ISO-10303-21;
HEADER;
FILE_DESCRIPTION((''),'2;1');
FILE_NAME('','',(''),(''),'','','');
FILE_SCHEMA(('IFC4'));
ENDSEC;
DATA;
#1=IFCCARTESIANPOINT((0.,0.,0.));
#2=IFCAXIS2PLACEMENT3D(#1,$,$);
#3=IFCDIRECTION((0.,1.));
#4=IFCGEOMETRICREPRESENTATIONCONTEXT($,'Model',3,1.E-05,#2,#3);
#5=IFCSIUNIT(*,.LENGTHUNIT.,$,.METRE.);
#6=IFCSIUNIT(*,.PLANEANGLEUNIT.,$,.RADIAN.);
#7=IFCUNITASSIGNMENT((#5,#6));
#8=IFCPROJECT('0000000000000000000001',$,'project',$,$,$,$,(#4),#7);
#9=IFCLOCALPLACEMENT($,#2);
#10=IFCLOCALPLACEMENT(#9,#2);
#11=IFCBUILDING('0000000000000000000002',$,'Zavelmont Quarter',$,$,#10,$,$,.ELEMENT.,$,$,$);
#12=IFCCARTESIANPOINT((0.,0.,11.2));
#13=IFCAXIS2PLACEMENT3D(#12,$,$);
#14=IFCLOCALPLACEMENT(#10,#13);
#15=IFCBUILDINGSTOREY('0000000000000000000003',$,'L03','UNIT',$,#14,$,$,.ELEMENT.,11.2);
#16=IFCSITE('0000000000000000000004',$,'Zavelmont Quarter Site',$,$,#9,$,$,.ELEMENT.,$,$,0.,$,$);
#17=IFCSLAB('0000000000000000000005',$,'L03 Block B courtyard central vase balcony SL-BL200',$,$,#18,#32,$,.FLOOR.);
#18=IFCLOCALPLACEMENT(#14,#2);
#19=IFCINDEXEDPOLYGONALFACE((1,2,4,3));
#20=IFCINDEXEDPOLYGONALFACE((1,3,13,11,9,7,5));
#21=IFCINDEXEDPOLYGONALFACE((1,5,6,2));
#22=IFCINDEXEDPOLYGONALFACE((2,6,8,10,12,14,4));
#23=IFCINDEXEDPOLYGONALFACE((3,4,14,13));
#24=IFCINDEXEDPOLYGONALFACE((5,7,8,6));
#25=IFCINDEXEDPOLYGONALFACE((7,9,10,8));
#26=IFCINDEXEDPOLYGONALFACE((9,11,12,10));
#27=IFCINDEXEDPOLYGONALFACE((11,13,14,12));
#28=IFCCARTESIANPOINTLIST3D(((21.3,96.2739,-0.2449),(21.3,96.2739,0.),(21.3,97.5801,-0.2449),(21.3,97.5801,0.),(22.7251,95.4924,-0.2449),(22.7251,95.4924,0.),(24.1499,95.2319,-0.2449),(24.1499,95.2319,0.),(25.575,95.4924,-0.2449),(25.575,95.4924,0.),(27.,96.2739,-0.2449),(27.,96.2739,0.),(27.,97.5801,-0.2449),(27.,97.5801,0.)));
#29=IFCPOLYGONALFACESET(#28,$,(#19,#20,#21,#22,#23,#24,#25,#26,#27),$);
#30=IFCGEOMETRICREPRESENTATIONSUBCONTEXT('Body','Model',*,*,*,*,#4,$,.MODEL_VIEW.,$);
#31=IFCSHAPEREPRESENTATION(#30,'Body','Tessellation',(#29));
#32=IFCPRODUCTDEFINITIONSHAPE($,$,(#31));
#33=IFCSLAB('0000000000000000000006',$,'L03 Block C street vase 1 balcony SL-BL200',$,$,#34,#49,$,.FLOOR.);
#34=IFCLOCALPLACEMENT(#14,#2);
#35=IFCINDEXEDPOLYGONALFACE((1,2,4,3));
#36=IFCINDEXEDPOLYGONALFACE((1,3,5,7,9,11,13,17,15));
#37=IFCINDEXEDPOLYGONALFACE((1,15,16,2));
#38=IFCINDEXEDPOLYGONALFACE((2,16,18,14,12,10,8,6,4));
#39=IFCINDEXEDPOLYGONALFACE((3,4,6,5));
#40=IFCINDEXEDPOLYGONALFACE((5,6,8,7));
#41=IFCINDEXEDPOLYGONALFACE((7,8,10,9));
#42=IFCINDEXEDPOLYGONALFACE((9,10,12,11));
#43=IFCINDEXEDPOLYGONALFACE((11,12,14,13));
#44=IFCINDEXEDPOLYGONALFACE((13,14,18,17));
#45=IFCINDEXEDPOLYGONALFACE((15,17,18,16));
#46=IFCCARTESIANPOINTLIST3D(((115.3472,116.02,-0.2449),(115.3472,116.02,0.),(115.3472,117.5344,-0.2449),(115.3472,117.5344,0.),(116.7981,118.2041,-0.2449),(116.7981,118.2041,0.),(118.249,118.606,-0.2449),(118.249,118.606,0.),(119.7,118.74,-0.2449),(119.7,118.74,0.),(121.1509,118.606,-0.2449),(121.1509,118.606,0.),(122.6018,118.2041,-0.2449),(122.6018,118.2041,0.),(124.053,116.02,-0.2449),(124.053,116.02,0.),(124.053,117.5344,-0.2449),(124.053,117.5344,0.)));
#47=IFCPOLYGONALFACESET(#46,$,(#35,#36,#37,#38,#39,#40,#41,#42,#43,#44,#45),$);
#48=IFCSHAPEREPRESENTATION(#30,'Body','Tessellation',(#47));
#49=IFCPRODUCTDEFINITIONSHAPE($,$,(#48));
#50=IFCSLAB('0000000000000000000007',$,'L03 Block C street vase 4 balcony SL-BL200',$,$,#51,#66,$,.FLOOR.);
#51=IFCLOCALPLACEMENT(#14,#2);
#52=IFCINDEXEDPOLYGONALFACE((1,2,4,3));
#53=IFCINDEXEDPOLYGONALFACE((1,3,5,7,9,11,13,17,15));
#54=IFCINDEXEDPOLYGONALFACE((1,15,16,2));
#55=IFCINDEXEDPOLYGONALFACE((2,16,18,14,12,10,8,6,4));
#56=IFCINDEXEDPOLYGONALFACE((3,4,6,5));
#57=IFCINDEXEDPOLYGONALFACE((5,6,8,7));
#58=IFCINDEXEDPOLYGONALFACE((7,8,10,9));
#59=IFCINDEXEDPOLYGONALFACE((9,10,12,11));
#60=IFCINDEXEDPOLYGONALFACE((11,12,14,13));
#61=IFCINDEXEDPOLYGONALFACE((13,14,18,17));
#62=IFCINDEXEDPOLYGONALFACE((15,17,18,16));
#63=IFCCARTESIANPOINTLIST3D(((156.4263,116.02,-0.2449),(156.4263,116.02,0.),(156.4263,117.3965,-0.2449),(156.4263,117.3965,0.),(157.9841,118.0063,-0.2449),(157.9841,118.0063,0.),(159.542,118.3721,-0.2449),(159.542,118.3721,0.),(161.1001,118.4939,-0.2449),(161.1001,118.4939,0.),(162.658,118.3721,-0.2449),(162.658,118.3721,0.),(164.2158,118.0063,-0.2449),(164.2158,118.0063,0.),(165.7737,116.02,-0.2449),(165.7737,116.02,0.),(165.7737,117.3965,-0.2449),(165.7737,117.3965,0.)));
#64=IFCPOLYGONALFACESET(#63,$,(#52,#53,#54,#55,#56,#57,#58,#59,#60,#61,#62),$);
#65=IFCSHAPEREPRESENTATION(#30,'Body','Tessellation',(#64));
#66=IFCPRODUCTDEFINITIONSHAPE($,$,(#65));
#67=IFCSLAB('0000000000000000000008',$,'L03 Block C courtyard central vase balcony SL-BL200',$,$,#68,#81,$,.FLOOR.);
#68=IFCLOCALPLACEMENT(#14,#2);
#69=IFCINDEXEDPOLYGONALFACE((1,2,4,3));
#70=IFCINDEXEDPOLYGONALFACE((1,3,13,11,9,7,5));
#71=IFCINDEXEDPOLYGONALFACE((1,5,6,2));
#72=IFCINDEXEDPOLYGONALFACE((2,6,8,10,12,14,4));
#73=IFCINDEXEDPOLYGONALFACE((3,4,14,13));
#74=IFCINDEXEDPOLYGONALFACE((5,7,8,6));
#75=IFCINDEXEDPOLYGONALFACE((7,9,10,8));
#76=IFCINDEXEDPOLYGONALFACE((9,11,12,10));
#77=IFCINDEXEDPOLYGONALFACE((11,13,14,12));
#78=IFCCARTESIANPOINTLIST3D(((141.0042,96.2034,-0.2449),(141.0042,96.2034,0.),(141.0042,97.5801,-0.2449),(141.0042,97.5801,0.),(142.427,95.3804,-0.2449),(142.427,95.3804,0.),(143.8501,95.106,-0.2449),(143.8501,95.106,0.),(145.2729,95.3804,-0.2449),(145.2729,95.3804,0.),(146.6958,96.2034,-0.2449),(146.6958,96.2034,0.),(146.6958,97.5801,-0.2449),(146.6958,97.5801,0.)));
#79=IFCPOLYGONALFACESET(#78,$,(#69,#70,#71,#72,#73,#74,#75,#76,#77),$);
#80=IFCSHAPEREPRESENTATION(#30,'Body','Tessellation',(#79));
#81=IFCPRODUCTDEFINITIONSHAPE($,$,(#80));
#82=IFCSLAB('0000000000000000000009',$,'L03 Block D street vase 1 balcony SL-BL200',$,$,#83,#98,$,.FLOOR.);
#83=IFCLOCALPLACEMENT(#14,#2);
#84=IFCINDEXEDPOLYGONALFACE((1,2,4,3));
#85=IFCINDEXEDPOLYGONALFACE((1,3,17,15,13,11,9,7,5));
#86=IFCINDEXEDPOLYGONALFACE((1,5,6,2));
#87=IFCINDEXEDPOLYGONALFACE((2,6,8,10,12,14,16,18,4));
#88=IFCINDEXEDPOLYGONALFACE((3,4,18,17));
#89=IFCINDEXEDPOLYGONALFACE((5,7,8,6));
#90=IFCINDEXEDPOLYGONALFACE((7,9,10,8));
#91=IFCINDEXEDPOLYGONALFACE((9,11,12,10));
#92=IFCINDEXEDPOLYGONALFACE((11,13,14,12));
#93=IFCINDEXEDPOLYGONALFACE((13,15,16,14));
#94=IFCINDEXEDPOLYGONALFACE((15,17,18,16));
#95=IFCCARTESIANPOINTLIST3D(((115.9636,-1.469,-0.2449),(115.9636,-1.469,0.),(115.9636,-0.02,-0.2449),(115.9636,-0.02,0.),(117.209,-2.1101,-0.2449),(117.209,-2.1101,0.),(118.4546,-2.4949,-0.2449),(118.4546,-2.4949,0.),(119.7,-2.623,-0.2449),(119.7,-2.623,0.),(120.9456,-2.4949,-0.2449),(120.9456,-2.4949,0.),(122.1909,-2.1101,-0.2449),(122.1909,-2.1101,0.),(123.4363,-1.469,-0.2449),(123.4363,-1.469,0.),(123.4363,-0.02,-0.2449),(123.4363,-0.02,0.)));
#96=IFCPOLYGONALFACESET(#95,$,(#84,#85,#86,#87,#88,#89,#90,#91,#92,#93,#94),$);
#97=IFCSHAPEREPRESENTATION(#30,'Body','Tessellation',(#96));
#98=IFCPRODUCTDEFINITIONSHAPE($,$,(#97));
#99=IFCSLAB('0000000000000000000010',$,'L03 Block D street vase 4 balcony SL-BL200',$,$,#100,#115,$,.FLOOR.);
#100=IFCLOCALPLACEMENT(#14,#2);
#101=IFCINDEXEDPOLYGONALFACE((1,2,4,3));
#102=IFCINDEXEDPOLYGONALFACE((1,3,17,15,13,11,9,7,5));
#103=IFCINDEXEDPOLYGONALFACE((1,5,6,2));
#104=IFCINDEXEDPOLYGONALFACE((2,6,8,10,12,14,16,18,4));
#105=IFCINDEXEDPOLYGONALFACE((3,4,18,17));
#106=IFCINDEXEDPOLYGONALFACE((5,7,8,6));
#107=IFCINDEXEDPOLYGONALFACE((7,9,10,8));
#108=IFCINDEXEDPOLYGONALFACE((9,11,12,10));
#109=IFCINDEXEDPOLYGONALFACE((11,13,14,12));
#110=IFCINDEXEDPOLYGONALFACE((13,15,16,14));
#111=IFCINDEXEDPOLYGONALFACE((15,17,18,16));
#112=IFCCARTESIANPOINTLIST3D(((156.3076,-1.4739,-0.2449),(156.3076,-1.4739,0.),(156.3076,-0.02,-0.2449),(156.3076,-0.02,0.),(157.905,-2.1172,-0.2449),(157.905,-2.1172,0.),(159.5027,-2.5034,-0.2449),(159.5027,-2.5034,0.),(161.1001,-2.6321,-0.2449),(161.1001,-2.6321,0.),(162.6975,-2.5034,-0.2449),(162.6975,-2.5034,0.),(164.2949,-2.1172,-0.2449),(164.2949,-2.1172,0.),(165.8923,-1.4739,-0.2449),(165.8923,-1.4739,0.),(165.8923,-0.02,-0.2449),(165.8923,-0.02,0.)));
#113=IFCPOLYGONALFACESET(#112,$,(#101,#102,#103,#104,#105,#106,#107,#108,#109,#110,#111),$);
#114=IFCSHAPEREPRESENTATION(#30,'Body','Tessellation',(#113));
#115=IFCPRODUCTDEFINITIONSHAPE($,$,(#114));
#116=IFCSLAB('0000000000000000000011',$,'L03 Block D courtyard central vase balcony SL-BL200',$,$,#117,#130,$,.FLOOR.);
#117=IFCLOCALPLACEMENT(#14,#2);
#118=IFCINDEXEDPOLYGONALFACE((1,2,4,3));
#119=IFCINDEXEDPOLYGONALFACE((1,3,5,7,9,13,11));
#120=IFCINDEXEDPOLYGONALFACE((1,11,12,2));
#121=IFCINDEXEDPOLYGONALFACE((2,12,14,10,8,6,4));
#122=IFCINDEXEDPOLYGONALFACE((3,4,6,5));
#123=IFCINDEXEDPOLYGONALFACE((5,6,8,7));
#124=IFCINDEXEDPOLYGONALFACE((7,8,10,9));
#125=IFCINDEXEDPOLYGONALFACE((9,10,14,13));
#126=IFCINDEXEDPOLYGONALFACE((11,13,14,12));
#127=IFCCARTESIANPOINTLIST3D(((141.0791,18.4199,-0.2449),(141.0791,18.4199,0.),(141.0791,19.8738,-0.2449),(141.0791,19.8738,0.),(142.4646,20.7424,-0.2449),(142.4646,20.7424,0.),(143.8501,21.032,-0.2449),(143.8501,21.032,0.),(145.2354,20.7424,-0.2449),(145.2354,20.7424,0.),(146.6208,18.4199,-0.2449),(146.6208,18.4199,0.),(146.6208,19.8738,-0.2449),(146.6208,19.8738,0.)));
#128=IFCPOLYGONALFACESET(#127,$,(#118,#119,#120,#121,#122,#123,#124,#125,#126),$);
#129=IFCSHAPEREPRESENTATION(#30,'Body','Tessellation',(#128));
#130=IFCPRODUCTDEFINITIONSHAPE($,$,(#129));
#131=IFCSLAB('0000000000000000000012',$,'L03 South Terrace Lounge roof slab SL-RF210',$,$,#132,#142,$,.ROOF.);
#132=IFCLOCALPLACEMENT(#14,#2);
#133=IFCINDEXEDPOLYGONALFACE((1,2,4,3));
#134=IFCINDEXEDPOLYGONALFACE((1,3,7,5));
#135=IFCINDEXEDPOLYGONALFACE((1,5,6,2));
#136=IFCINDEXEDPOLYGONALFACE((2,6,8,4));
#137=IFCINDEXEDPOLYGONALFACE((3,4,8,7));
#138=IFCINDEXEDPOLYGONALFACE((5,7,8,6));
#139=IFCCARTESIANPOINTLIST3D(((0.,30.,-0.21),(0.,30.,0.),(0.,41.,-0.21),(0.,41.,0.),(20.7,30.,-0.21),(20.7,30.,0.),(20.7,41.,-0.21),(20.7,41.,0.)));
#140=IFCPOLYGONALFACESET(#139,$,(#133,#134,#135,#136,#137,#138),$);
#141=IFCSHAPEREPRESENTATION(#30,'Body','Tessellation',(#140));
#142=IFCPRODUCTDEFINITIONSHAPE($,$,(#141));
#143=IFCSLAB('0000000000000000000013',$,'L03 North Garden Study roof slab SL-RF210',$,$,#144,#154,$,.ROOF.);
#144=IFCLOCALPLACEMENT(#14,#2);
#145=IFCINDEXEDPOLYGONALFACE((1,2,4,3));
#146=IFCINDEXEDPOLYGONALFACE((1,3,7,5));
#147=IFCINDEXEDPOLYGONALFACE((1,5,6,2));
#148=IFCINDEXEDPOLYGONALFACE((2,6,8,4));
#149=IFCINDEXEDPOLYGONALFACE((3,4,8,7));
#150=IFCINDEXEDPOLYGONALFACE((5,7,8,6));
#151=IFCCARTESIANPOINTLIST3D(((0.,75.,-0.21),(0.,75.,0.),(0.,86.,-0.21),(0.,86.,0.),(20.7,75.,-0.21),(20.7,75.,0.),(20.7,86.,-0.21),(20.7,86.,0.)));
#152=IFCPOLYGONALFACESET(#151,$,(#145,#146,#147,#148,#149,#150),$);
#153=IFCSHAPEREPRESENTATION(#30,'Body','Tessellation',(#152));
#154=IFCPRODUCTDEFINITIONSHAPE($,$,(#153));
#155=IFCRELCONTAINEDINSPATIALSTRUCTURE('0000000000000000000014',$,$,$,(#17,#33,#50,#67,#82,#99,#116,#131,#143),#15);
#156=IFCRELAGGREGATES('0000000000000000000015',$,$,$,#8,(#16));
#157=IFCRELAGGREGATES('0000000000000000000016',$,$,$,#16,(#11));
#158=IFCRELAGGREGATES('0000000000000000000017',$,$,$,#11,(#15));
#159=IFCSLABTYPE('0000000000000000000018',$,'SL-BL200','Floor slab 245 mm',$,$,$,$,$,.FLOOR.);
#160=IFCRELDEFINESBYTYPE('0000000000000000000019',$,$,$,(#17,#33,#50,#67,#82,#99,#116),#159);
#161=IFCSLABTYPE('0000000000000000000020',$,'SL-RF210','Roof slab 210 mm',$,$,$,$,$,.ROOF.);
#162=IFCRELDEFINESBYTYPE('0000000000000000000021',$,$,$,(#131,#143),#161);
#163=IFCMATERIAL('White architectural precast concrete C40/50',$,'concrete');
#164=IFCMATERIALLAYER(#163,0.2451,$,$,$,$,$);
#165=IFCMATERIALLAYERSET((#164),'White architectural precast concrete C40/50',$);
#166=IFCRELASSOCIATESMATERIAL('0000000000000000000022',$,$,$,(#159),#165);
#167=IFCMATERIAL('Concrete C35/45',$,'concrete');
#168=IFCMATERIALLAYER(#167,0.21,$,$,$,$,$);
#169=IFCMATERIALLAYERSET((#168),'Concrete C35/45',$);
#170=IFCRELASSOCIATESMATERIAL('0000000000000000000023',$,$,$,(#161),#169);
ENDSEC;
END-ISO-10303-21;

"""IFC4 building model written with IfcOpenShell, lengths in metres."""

from ifc_helpers import new_model, si_unit, direction, frame, origin, place, context, subcontext, project, spatial, polyline, outline, extrude, material, layer, layer_set, type_object, element, save


model = new_model("IFC4")

# Units and contexts
model_context = context("Model", 3, precision=1e-05, world=origin(), true_north=direction((0.0, 1.0)))
body_context = subcontext(model_context, "Body", "Model", "MODEL_VIEW")
ifc_project = project(units=[si_unit("LENGTHUNIT", "METRE"), si_unit("PLANEANGLEUNIT", "RADIAN")], contexts=[model_context])

# Site, building, storey
site_placement = place(None, origin())
site = spatial("IfcSite", under=ifc_project, at=site_placement, Name="Zavelmont Quarter Site", CompositionType="ELEMENT", RefElevation=0.0)
building_placement = place(site_placement, origin())
building = spatial("IfcBuilding", under=site, at=building_placement, Name="Zavelmont Quarter", CompositionType="ELEMENT")
storey_placement = place(building_placement, frame((0.0, 0.0, 11.2)))
storey = spatial("IfcBuildingStorey", under=building, at=storey_placement, Name="L03", Description="UNIT", CompositionType="ELEMENT", Elevation=11.2)

# Slabs
ifc_material_1 = material(Name="White architectural precast concrete C40/50", Category="concrete")
ifc_layer_1 = layer(ifc_material_1, 0.2451)
ifc_layer_set_1 = layer_set([ifc_layer_1], Name="White architectural precast concrete C40/50")
slab_type_1 = type_object("IfcSlabType", Name="SL-BL200", Description="Floor slab 245 mm", PredefinedType="FLOOR", material=ifc_layer_set_1)
slab_1_placement = place(storey_placement, frame((0.0, 0.0, -0.2449)))
element("IfcSlab", 1, at=slab_1_placement, inside=storey, type_object=slab_type_1, Name="L03 Block B courtyard central vase balcony SL-BL200", PredefinedType="FLOOR", context=body_context, shape_type="SweptSolid", body=[
    extrude(outline(polyline([(21.3, 97.5801), (21.3, 96.2739), (22.7251, 95.4924), (24.1499, 95.2319), (25.575, 95.4924), (27.0, 96.2739), (27.0, 97.5801), (21.3, 97.5801)])), origin(), (0.0, 0.0, 1.0), 0.2449),
])
slab_2_placement = place(storey_placement, frame((0.0, 0.0, -0.2449)))
element("IfcSlab", 2, at=slab_2_placement, inside=storey, type_object=slab_type_1, Name="L03 Block C street vase 1 balcony SL-BL200", PredefinedType="FLOOR", context=body_context, shape_type="SweptSolid", body=[
    extrude(outline(polyline([(124.053, 116.02), (124.053, 117.5344), (122.6018, 118.2041), (121.1509, 118.606), (119.7, 118.74), (118.249, 118.606), (116.7981, 118.2041), (115.3472, 117.5344), (115.3472, 116.02), (124.053, 116.02)])), origin(), (0.0, 0.0, 1.0), 0.2449),
])
slab_3_placement = place(storey_placement, frame((0.0, 0.0, -0.2449)))
element("IfcSlab", 3, at=slab_3_placement, inside=storey, type_object=slab_type_1, Name="L03 Block C street vase 4 balcony SL-BL200", PredefinedType="FLOOR", context=body_context, shape_type="SweptSolid", body=[
    extrude(outline(polyline([(165.7737, 116.02), (165.7737, 117.3965), (164.2158, 118.0063), (162.658, 118.3721), (161.1001, 118.4939), (159.542, 118.3721), (157.9841, 118.0063), (156.4263, 117.3965), (156.4263, 116.02), (165.7737, 116.02)])), origin(), (0.0, 0.0, 1.0), 0.2449),
])
slab_4_placement = place(storey_placement, frame((0.0, 0.0, -0.2449)))
element("IfcSlab", 4, at=slab_4_placement, inside=storey, type_object=slab_type_1, Name="L03 Block C courtyard central vase balcony SL-BL200", PredefinedType="FLOOR", context=body_context, shape_type="SweptSolid", body=[
    extrude(outline(polyline([(141.0042, 97.5801), (141.0042, 96.2034), (142.427, 95.3804), (143.8501, 95.106), (145.2729, 95.3804), (146.6958, 96.2034), (146.6958, 97.5801), (141.0042, 97.5801)])), origin(), (0.0, 0.0, 1.0), 0.2449),
])
slab_5_placement = place(storey_placement, frame((0.0, 0.0, -0.2449)))
element("IfcSlab", 5, at=slab_5_placement, inside=storey, type_object=slab_type_1, Name="L03 Block D street vase 1 balcony SL-BL200", PredefinedType="FLOOR", context=body_context, shape_type="SweptSolid", body=[
    extrude(outline(polyline([(115.9636, -0.02), (115.9636, -1.469), (117.209, -2.1101), (118.4546, -2.4949), (119.7, -2.623), (120.9456, -2.4949), (122.1909, -2.1101), (123.4363, -1.469), (123.4363, -0.02), (115.9636, -0.02)])), origin(), (0.0, 0.0, 1.0), 0.2449),
])
slab_6_placement = place(storey_placement, frame((0.0, 0.0, -0.2449)))
element("IfcSlab", 6, at=slab_6_placement, inside=storey, type_object=slab_type_1, Name="L03 Block D street vase 4 balcony SL-BL200", PredefinedType="FLOOR", context=body_context, shape_type="SweptSolid", body=[
    extrude(outline(polyline([(156.3076, -0.02), (156.3076, -1.4739), (157.905, -2.1172), (159.5027, -2.5034), (161.1001, -2.6321), (162.6975, -2.5034), (164.2949, -2.1172), (165.8923, -1.4739), (165.8923, -0.02), (156.3076, -0.02)])), origin(), (0.0, 0.0, 1.0), 0.2449),
])
slab_7_placement = place(storey_placement, frame((0.0, 0.0, -0.2449)))
element("IfcSlab", 7, at=slab_7_placement, inside=storey, type_object=slab_type_1, Name="L03 Block D courtyard central vase balcony SL-BL200", PredefinedType="FLOOR", context=body_context, shape_type="SweptSolid", body=[
    extrude(outline(polyline([(146.6208, 18.4199), (146.6208, 19.8738), (145.2354, 20.7424), (143.8501, 21.032), (142.4646, 20.7424), (141.0791, 19.8738), (141.0791, 18.4199), (146.6208, 18.4199)])), origin(), (0.0, 0.0, 1.0), 0.2449),
])
ifc_material_2 = material(Name="Concrete C35/45", Category="concrete")
ifc_layer_2 = layer(ifc_material_2, 0.21)
ifc_layer_set_2 = layer_set([ifc_layer_2], Name="Concrete C35/45")
slab_type_2 = type_object("IfcSlabType", Name="SL-RF210", Description="Roof slab 210 mm", PredefinedType="ROOF", material=ifc_layer_set_2)
slab_8_placement = place(storey_placement, frame((0.0, 0.0, -0.21)))
element("IfcSlab", 8, at=slab_8_placement, inside=storey, type_object=slab_type_2, Name="L03 South Terrace Lounge roof slab SL-RF210", PredefinedType="ROOF", context=body_context, shape_type="SweptSolid", body=[
    extrude(outline(polyline([(0.0, 30.0), (20.7, 30.0), (20.7, 41.0), (0.0, 41.0), (0.0, 30.0)])), origin(), (0.0, 0.0, 1.0), 0.21),
])
slab_9_placement = place(storey_placement, frame((0.0, 0.0, -0.21)))
element("IfcSlab", 9, at=slab_9_placement, inside=storey, type_object=slab_type_2, Name="L03 North Garden Study roof slab SL-RF210", PredefinedType="ROOF", context=body_context, shape_type="SweptSolid", body=[
    extrude(outline(polyline([(0.0, 75.0), (20.7, 75.0), (20.7, 86.0), (0.0, 86.0), (0.0, 75.0)])), origin(), (0.0, 0.0, 1.0), 0.21),
])

save(model, "model.ifc")
